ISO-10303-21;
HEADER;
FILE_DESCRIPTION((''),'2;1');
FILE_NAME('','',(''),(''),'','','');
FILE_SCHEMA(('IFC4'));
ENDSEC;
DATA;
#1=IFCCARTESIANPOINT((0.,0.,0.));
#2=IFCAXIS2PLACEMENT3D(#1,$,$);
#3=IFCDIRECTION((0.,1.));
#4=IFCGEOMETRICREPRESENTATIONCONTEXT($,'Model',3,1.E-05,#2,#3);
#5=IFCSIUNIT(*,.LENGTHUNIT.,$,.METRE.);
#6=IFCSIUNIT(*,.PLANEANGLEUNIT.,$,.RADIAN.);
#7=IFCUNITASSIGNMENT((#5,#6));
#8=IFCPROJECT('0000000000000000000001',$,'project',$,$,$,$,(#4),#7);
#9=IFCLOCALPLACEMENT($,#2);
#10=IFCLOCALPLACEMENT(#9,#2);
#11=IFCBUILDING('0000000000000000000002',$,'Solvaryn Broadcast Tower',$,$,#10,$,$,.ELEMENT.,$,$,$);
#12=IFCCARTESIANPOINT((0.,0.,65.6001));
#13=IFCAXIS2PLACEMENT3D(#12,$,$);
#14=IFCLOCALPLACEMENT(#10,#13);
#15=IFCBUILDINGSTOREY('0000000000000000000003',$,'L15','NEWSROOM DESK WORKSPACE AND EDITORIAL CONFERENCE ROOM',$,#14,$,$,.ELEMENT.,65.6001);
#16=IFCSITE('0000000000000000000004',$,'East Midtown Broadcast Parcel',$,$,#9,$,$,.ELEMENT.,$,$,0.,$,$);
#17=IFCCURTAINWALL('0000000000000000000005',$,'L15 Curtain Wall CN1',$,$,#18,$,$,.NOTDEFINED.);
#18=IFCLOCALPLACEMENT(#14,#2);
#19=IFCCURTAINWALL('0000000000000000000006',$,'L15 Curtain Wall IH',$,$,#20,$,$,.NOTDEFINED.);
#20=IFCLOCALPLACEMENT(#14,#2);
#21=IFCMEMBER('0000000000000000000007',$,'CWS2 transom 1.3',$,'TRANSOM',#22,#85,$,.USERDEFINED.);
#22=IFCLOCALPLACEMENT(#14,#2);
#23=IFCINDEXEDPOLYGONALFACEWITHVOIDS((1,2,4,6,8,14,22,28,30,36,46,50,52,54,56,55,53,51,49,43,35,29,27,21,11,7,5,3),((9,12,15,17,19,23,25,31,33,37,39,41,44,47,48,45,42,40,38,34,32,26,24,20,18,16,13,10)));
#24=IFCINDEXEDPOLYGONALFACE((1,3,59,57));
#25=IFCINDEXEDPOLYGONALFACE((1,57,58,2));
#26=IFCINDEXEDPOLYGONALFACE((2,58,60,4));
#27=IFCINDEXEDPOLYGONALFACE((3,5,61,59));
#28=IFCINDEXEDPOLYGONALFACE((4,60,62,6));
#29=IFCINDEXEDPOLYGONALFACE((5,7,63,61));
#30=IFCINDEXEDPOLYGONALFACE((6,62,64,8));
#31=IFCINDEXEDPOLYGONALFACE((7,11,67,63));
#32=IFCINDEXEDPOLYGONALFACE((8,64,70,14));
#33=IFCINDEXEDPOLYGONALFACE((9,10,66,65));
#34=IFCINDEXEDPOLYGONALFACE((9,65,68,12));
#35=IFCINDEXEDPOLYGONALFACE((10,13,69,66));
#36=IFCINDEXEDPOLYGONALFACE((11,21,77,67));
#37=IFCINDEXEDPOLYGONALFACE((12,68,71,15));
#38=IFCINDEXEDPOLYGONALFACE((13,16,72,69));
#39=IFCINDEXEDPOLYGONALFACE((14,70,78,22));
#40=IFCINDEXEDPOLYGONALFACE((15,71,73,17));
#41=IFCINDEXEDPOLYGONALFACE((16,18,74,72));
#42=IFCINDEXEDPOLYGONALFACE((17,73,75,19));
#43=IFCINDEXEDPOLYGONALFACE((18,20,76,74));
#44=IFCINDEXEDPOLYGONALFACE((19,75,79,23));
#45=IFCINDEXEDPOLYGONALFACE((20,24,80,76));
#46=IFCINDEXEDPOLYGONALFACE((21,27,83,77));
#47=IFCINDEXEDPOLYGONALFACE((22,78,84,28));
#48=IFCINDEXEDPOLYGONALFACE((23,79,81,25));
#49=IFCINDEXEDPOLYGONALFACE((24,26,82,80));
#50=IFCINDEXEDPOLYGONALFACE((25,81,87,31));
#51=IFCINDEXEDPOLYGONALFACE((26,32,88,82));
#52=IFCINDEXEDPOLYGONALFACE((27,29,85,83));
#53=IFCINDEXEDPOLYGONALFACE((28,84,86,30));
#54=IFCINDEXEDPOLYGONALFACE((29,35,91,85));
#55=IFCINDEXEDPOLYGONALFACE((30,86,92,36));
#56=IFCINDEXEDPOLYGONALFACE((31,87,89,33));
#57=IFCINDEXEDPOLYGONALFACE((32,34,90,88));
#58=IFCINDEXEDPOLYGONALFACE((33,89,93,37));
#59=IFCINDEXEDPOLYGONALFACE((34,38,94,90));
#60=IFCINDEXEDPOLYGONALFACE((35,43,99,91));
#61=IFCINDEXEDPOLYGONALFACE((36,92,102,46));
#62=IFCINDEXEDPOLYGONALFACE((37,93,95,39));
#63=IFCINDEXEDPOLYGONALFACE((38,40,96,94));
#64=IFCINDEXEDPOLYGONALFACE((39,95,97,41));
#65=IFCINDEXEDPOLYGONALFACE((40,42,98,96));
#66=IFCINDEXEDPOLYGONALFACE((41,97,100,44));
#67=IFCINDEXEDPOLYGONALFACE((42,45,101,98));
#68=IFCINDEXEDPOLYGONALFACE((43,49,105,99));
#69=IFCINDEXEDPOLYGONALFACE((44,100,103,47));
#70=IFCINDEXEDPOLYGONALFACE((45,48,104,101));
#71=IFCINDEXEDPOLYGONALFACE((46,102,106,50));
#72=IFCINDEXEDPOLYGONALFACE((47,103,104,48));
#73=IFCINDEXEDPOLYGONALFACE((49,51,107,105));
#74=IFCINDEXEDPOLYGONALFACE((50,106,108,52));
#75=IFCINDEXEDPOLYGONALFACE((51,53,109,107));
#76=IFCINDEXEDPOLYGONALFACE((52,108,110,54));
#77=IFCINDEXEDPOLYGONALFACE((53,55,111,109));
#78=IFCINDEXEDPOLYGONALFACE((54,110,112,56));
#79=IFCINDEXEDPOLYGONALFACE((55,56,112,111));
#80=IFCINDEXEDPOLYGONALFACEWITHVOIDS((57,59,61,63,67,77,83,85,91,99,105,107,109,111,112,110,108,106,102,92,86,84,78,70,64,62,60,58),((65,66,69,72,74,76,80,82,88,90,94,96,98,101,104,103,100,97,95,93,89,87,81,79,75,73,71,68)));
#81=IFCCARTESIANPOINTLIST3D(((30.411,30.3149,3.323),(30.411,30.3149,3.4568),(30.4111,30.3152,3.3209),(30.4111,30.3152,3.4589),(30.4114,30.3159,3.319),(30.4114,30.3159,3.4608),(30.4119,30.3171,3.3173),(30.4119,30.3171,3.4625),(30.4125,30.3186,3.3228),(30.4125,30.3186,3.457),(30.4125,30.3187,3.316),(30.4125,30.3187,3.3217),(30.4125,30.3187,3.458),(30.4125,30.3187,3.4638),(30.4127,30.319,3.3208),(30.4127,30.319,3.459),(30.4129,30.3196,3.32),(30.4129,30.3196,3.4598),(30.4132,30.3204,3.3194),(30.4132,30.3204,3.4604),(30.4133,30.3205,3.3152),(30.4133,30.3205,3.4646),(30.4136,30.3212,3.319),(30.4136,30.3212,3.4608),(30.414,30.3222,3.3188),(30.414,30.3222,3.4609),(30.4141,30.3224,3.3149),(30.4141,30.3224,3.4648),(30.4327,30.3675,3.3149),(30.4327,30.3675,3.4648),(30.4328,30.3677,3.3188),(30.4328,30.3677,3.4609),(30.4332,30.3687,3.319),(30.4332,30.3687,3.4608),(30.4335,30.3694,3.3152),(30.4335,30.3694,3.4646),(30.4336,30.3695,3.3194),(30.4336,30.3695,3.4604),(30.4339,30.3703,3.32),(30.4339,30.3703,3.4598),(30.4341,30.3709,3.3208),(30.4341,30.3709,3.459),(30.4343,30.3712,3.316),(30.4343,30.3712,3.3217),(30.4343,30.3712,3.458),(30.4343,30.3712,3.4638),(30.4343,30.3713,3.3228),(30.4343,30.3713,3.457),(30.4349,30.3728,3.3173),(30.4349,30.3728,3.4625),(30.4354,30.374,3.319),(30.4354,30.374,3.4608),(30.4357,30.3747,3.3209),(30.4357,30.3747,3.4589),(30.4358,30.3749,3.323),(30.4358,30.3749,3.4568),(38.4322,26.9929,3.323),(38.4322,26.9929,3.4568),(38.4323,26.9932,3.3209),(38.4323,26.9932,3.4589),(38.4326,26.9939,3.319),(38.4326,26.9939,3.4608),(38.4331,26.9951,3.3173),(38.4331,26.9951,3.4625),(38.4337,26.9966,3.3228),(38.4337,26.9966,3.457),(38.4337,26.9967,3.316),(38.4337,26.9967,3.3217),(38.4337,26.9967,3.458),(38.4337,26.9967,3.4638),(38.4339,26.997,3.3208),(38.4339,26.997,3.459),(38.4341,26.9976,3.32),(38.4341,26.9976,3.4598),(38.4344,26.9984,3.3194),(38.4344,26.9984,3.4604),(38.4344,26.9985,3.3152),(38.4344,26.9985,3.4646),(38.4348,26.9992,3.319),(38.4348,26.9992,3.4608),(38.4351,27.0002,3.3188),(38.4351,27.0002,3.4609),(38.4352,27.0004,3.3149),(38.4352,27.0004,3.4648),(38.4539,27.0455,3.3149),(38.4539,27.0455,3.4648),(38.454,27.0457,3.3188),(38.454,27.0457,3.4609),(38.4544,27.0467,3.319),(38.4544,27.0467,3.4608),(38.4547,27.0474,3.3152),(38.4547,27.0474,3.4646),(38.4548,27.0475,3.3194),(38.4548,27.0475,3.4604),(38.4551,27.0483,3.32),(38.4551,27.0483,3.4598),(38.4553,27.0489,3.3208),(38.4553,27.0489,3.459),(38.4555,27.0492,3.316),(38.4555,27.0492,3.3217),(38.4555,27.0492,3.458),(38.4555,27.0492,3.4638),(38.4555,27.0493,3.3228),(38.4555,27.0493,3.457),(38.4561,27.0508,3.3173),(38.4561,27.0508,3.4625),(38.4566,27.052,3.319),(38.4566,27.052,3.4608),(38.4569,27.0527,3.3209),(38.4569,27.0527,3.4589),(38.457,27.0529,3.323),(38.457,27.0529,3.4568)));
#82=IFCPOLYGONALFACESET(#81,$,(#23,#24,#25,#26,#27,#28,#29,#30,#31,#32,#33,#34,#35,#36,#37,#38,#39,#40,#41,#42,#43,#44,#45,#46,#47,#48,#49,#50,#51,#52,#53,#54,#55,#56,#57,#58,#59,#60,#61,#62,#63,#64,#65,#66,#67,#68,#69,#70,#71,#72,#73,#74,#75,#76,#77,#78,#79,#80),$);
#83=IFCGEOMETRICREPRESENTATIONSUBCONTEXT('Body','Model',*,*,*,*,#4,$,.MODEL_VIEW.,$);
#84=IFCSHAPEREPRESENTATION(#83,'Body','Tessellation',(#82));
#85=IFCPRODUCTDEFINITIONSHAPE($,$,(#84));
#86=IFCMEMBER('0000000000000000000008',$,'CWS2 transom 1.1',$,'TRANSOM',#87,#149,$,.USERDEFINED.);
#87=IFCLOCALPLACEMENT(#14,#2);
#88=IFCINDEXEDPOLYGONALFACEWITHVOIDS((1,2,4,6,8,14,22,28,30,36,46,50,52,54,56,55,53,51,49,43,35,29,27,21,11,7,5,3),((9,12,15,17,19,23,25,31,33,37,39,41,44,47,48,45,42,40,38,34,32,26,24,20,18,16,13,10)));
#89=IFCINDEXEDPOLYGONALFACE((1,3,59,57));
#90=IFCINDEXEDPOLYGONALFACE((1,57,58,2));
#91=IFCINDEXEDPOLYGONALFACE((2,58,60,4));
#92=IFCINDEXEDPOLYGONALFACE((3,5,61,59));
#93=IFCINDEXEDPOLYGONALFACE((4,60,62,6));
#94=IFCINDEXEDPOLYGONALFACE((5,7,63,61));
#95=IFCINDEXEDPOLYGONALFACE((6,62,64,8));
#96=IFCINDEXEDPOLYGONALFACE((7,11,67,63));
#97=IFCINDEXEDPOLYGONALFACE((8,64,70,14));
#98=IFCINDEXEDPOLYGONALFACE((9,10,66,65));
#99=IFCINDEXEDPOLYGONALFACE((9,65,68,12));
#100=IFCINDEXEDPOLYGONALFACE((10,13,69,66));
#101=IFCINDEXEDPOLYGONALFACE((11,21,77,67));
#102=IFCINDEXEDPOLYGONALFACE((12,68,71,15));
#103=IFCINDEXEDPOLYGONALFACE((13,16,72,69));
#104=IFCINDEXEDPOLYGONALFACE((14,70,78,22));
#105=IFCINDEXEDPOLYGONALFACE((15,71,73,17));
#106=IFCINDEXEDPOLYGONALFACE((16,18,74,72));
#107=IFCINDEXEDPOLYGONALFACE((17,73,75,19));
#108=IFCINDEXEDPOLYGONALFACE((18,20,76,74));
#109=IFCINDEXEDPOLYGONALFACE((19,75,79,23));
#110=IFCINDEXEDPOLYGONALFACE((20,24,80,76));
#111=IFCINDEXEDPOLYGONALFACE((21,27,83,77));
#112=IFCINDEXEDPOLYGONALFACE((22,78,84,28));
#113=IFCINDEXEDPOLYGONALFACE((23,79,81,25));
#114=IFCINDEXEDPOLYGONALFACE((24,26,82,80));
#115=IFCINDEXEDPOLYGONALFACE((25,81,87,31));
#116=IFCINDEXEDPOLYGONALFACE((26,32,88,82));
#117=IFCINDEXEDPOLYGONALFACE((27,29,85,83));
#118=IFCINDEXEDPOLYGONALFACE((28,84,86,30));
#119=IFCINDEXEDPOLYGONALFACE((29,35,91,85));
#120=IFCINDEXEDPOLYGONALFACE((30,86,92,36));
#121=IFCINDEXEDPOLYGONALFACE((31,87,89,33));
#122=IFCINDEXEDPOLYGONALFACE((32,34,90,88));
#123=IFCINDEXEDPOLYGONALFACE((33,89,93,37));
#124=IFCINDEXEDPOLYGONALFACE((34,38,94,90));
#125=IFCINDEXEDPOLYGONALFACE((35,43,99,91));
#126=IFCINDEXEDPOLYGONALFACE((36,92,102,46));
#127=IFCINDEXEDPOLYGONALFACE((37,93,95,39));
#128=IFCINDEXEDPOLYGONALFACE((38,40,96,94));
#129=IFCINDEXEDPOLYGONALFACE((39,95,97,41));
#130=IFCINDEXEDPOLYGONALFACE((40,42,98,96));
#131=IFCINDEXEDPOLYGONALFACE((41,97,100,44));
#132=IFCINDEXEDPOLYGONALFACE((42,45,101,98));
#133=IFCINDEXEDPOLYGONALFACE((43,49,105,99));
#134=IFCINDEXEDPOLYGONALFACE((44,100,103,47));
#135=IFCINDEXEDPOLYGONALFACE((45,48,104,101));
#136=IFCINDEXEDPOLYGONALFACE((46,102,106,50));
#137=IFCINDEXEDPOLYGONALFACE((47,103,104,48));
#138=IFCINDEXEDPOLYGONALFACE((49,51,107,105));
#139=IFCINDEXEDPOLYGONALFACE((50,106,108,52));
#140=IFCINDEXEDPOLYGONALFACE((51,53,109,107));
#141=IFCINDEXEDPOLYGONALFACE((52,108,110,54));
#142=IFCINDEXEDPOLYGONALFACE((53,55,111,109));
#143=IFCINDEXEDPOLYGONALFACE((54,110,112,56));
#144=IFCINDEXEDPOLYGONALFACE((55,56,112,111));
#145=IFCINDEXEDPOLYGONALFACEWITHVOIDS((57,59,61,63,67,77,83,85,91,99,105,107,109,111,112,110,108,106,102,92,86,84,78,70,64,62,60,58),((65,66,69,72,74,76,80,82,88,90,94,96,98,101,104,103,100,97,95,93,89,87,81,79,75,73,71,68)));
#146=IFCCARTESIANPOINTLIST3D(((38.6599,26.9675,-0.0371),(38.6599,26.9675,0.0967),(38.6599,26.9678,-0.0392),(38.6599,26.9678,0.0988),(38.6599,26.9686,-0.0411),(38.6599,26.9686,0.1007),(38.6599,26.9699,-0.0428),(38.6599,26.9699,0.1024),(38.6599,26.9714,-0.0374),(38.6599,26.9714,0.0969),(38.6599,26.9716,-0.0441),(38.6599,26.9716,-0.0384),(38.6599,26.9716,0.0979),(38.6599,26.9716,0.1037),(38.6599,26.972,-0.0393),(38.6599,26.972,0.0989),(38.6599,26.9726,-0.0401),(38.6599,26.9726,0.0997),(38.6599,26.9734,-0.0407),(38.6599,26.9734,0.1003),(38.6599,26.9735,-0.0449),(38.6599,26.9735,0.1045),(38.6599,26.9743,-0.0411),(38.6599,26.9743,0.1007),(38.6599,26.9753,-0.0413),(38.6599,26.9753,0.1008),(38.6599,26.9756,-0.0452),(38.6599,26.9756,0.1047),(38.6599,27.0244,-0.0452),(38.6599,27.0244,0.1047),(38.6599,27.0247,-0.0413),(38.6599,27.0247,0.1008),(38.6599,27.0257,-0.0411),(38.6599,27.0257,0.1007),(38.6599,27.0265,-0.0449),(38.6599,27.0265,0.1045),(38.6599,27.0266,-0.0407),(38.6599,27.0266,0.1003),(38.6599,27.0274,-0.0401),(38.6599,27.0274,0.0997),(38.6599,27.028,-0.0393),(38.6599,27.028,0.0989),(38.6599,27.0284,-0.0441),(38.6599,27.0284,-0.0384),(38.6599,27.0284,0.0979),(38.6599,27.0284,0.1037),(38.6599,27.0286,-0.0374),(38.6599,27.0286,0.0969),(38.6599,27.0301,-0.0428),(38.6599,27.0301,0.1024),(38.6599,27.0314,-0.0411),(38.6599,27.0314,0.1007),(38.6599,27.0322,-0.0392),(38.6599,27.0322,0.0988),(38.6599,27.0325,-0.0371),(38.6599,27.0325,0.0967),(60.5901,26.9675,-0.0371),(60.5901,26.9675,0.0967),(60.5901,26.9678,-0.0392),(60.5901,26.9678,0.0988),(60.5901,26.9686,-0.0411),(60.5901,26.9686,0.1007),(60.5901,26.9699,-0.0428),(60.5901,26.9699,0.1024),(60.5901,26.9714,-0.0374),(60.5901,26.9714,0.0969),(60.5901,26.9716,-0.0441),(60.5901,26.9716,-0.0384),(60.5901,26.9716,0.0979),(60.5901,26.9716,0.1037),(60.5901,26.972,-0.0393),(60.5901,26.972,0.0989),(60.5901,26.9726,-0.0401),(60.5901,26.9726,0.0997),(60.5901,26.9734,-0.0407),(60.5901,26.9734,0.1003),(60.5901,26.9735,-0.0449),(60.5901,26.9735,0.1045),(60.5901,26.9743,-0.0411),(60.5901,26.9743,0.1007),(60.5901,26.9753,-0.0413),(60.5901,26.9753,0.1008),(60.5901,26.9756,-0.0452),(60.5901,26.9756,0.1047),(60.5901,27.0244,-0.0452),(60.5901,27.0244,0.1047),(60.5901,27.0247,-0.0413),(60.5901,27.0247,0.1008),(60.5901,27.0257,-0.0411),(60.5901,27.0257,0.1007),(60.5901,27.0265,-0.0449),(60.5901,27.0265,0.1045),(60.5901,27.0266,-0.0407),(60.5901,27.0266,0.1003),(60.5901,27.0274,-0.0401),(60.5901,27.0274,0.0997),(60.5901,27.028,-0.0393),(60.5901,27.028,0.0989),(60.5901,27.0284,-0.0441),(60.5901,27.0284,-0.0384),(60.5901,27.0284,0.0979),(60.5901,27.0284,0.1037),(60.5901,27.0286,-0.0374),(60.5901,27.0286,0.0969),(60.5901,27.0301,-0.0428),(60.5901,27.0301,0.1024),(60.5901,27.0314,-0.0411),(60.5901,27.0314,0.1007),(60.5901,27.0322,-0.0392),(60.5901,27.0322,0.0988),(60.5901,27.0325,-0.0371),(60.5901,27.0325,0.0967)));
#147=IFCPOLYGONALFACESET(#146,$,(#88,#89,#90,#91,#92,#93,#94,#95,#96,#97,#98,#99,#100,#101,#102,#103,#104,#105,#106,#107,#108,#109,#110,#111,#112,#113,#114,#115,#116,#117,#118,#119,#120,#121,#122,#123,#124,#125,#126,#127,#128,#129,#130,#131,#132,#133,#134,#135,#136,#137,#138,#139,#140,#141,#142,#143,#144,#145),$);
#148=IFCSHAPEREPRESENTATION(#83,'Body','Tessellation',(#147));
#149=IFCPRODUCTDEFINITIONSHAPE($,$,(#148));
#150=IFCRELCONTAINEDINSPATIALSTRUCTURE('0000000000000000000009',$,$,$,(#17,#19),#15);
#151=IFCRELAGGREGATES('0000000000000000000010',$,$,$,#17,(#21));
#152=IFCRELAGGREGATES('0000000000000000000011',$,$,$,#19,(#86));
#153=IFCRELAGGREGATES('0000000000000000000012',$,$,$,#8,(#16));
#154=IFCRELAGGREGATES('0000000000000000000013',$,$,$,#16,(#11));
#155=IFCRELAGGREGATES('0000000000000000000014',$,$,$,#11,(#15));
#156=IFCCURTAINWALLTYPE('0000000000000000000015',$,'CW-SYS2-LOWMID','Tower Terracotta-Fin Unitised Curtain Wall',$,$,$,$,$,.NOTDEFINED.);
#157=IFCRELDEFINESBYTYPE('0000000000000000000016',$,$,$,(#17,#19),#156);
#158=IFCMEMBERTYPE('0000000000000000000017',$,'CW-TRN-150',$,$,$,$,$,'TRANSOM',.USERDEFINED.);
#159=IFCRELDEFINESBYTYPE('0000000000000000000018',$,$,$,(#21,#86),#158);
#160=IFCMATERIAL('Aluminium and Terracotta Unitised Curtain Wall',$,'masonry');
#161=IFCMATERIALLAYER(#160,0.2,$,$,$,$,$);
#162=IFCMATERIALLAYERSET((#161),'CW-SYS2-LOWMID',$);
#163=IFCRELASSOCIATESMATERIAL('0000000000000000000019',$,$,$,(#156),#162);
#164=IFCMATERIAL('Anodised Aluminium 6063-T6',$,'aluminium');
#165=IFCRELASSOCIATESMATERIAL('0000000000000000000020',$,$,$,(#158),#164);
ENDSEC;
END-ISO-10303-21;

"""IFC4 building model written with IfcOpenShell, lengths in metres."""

from ifc_helpers import new_model, si_unit, direction, frame, origin, origin_2d, place, context, subcontext, project, spatial, hollow_rectangle, extrude, material, layer, layer_set, material_profile, profile_set, type_object, element, aggregate, save


model = new_model("IFC4")

# Units and contexts
model_context = context("Model", 3, precision=1e-05, world=origin(), true_north=direction((0.0, 1.0)))
body_context = subcontext(model_context, "Body", "Model", "MODEL_VIEW")
ifc_project = project(units=[si_unit("LENGTHUNIT", "METRE"), si_unit("PLANEANGLEUNIT", "RADIAN")], contexts=[model_context])

# Site, building, storey
site_placement = place(None, origin())
site = spatial("IfcSite", under=ifc_project, at=site_placement, Name="East Midtown Broadcast Parcel", CompositionType="ELEMENT", RefElevation=0.0)
building_placement = place(site_placement, origin())
building = spatial("IfcBuilding", under=site, at=building_placement, Name="Solvaryn Broadcast Tower", CompositionType="ELEMENT")
storey_placement = place(building_placement, frame((0.0, 0.0, 65.6001)))
storey = spatial("IfcBuildingStorey", under=building, at=storey_placement, Name="L15", Description="NEWSROOM DESK WORKSPACE AND EDITORIAL CONFERENCE ROOM", CompositionType="ELEMENT", Elevation=65.6001)

# Curtain walls
ifc_material_1 = material(Name="Aluminium and Terracotta Unitised Curtain Wall", Category="masonry")
ifc_layer_1 = layer(ifc_material_1, 0.2)
ifc_layer_set_1 = layer_set([ifc_layer_1], Name="CW-SYS2-LOWMID")
curtain_wall_type = type_object("IfcCurtainWallType", Name="CW-SYS2-LOWMID", Description="Tower Terracotta-Fin Unitised Curtain Wall", PredefinedType="NOTDEFINED", material=ifc_layer_set_1)
curtain_wall_1_placement = place(storey_placement, origin())
curtain_wall_1 = element("IfcCurtainWall", 1, at=curtain_wall_1_placement, inside=storey, type_object=curtain_wall_type, Name="L15 Curtain Wall CN1", PredefinedType="NOTDEFINED")
curtain_wall_2_placement = place(storey_placement, origin())
curtain_wall_2 = element("IfcCurtainWall", 2, at=curtain_wall_2_placement, inside=storey, type_object=curtain_wall_type, Name="L15 Curtain Wall IH", PredefinedType="NOTDEFINED")

# Members
ifc_material_2 = material(Name="Anodised Aluminium 6063-T6", Category="aluminium")
ifc_material_profile_1 = material_profile(ifc_material_2, hollow_rectangle(XDim=0.0649, YDim=0.1499, WallThickness=0.0039, InnerFilletRadius=0.0039, OuterFilletRadius=0.0081, at=origin_2d()))
ifc_profile_set_1 = profile_set([ifc_material_profile_1], Name="Anodised Aluminium 6063-T6")
member_type_1 = type_object("IfcMemberType", Name="CW-TRN-150", ElementType="TRANSOM", PredefinedType="USERDEFINED", material=ifc_profile_set_1)
member_1_placement = place(storey_placement, frame((38.4446, 27.0229, 3.3899), z_axis=(-0.923899, 0.382636, 0.0), x_axis=(-0.382636, -0.923899, 0.0)))
member_1 = element("IfcMember", 3, at=member_1_placement, type_object=member_type_1, Name="CWS2 transom 1.3", ObjectType="TRANSOM", PredefinedType="USERDEFINED", context=body_context, shape_type="SweptSolid", body=[
    extrude(hollow_rectangle(XDim=0.0649, YDim=0.1499, WallThickness=0.0039, InnerFilletRadius=0.0039, OuterFilletRadius=0.0081, at=origin_2d()), origin(), (0.0, 0.0, 1.0), 8.6819),
])
aggregate(curtain_wall_1, [member_1])
member_2_placement = place(storey_placement, frame((38.6599, 27.0, 0.0298), z_axis=(1.0, 0.0, 0.0), x_axis=(0.0, 1.0, 0.0)))
member_2 = element("IfcMember", 4, at=member_2_placement, type_object=member_type_1, Name="CWS2 transom 1.1", ObjectType="TRANSOM", PredefinedType="USERDEFINED", context=body_context, shape_type="SweptSolid", body=[
    extrude(hollow_rectangle(XDim=0.0649, YDim=0.1499, WallThickness=0.0039, InnerFilletRadius=0.0039, OuterFilletRadius=0.0081, at=origin_2d()), origin(), (0.0, 0.0, 1.0), 21.9302),
])
aggregate(curtain_wall_2, [member_2])

save(model, "model.ifc")
